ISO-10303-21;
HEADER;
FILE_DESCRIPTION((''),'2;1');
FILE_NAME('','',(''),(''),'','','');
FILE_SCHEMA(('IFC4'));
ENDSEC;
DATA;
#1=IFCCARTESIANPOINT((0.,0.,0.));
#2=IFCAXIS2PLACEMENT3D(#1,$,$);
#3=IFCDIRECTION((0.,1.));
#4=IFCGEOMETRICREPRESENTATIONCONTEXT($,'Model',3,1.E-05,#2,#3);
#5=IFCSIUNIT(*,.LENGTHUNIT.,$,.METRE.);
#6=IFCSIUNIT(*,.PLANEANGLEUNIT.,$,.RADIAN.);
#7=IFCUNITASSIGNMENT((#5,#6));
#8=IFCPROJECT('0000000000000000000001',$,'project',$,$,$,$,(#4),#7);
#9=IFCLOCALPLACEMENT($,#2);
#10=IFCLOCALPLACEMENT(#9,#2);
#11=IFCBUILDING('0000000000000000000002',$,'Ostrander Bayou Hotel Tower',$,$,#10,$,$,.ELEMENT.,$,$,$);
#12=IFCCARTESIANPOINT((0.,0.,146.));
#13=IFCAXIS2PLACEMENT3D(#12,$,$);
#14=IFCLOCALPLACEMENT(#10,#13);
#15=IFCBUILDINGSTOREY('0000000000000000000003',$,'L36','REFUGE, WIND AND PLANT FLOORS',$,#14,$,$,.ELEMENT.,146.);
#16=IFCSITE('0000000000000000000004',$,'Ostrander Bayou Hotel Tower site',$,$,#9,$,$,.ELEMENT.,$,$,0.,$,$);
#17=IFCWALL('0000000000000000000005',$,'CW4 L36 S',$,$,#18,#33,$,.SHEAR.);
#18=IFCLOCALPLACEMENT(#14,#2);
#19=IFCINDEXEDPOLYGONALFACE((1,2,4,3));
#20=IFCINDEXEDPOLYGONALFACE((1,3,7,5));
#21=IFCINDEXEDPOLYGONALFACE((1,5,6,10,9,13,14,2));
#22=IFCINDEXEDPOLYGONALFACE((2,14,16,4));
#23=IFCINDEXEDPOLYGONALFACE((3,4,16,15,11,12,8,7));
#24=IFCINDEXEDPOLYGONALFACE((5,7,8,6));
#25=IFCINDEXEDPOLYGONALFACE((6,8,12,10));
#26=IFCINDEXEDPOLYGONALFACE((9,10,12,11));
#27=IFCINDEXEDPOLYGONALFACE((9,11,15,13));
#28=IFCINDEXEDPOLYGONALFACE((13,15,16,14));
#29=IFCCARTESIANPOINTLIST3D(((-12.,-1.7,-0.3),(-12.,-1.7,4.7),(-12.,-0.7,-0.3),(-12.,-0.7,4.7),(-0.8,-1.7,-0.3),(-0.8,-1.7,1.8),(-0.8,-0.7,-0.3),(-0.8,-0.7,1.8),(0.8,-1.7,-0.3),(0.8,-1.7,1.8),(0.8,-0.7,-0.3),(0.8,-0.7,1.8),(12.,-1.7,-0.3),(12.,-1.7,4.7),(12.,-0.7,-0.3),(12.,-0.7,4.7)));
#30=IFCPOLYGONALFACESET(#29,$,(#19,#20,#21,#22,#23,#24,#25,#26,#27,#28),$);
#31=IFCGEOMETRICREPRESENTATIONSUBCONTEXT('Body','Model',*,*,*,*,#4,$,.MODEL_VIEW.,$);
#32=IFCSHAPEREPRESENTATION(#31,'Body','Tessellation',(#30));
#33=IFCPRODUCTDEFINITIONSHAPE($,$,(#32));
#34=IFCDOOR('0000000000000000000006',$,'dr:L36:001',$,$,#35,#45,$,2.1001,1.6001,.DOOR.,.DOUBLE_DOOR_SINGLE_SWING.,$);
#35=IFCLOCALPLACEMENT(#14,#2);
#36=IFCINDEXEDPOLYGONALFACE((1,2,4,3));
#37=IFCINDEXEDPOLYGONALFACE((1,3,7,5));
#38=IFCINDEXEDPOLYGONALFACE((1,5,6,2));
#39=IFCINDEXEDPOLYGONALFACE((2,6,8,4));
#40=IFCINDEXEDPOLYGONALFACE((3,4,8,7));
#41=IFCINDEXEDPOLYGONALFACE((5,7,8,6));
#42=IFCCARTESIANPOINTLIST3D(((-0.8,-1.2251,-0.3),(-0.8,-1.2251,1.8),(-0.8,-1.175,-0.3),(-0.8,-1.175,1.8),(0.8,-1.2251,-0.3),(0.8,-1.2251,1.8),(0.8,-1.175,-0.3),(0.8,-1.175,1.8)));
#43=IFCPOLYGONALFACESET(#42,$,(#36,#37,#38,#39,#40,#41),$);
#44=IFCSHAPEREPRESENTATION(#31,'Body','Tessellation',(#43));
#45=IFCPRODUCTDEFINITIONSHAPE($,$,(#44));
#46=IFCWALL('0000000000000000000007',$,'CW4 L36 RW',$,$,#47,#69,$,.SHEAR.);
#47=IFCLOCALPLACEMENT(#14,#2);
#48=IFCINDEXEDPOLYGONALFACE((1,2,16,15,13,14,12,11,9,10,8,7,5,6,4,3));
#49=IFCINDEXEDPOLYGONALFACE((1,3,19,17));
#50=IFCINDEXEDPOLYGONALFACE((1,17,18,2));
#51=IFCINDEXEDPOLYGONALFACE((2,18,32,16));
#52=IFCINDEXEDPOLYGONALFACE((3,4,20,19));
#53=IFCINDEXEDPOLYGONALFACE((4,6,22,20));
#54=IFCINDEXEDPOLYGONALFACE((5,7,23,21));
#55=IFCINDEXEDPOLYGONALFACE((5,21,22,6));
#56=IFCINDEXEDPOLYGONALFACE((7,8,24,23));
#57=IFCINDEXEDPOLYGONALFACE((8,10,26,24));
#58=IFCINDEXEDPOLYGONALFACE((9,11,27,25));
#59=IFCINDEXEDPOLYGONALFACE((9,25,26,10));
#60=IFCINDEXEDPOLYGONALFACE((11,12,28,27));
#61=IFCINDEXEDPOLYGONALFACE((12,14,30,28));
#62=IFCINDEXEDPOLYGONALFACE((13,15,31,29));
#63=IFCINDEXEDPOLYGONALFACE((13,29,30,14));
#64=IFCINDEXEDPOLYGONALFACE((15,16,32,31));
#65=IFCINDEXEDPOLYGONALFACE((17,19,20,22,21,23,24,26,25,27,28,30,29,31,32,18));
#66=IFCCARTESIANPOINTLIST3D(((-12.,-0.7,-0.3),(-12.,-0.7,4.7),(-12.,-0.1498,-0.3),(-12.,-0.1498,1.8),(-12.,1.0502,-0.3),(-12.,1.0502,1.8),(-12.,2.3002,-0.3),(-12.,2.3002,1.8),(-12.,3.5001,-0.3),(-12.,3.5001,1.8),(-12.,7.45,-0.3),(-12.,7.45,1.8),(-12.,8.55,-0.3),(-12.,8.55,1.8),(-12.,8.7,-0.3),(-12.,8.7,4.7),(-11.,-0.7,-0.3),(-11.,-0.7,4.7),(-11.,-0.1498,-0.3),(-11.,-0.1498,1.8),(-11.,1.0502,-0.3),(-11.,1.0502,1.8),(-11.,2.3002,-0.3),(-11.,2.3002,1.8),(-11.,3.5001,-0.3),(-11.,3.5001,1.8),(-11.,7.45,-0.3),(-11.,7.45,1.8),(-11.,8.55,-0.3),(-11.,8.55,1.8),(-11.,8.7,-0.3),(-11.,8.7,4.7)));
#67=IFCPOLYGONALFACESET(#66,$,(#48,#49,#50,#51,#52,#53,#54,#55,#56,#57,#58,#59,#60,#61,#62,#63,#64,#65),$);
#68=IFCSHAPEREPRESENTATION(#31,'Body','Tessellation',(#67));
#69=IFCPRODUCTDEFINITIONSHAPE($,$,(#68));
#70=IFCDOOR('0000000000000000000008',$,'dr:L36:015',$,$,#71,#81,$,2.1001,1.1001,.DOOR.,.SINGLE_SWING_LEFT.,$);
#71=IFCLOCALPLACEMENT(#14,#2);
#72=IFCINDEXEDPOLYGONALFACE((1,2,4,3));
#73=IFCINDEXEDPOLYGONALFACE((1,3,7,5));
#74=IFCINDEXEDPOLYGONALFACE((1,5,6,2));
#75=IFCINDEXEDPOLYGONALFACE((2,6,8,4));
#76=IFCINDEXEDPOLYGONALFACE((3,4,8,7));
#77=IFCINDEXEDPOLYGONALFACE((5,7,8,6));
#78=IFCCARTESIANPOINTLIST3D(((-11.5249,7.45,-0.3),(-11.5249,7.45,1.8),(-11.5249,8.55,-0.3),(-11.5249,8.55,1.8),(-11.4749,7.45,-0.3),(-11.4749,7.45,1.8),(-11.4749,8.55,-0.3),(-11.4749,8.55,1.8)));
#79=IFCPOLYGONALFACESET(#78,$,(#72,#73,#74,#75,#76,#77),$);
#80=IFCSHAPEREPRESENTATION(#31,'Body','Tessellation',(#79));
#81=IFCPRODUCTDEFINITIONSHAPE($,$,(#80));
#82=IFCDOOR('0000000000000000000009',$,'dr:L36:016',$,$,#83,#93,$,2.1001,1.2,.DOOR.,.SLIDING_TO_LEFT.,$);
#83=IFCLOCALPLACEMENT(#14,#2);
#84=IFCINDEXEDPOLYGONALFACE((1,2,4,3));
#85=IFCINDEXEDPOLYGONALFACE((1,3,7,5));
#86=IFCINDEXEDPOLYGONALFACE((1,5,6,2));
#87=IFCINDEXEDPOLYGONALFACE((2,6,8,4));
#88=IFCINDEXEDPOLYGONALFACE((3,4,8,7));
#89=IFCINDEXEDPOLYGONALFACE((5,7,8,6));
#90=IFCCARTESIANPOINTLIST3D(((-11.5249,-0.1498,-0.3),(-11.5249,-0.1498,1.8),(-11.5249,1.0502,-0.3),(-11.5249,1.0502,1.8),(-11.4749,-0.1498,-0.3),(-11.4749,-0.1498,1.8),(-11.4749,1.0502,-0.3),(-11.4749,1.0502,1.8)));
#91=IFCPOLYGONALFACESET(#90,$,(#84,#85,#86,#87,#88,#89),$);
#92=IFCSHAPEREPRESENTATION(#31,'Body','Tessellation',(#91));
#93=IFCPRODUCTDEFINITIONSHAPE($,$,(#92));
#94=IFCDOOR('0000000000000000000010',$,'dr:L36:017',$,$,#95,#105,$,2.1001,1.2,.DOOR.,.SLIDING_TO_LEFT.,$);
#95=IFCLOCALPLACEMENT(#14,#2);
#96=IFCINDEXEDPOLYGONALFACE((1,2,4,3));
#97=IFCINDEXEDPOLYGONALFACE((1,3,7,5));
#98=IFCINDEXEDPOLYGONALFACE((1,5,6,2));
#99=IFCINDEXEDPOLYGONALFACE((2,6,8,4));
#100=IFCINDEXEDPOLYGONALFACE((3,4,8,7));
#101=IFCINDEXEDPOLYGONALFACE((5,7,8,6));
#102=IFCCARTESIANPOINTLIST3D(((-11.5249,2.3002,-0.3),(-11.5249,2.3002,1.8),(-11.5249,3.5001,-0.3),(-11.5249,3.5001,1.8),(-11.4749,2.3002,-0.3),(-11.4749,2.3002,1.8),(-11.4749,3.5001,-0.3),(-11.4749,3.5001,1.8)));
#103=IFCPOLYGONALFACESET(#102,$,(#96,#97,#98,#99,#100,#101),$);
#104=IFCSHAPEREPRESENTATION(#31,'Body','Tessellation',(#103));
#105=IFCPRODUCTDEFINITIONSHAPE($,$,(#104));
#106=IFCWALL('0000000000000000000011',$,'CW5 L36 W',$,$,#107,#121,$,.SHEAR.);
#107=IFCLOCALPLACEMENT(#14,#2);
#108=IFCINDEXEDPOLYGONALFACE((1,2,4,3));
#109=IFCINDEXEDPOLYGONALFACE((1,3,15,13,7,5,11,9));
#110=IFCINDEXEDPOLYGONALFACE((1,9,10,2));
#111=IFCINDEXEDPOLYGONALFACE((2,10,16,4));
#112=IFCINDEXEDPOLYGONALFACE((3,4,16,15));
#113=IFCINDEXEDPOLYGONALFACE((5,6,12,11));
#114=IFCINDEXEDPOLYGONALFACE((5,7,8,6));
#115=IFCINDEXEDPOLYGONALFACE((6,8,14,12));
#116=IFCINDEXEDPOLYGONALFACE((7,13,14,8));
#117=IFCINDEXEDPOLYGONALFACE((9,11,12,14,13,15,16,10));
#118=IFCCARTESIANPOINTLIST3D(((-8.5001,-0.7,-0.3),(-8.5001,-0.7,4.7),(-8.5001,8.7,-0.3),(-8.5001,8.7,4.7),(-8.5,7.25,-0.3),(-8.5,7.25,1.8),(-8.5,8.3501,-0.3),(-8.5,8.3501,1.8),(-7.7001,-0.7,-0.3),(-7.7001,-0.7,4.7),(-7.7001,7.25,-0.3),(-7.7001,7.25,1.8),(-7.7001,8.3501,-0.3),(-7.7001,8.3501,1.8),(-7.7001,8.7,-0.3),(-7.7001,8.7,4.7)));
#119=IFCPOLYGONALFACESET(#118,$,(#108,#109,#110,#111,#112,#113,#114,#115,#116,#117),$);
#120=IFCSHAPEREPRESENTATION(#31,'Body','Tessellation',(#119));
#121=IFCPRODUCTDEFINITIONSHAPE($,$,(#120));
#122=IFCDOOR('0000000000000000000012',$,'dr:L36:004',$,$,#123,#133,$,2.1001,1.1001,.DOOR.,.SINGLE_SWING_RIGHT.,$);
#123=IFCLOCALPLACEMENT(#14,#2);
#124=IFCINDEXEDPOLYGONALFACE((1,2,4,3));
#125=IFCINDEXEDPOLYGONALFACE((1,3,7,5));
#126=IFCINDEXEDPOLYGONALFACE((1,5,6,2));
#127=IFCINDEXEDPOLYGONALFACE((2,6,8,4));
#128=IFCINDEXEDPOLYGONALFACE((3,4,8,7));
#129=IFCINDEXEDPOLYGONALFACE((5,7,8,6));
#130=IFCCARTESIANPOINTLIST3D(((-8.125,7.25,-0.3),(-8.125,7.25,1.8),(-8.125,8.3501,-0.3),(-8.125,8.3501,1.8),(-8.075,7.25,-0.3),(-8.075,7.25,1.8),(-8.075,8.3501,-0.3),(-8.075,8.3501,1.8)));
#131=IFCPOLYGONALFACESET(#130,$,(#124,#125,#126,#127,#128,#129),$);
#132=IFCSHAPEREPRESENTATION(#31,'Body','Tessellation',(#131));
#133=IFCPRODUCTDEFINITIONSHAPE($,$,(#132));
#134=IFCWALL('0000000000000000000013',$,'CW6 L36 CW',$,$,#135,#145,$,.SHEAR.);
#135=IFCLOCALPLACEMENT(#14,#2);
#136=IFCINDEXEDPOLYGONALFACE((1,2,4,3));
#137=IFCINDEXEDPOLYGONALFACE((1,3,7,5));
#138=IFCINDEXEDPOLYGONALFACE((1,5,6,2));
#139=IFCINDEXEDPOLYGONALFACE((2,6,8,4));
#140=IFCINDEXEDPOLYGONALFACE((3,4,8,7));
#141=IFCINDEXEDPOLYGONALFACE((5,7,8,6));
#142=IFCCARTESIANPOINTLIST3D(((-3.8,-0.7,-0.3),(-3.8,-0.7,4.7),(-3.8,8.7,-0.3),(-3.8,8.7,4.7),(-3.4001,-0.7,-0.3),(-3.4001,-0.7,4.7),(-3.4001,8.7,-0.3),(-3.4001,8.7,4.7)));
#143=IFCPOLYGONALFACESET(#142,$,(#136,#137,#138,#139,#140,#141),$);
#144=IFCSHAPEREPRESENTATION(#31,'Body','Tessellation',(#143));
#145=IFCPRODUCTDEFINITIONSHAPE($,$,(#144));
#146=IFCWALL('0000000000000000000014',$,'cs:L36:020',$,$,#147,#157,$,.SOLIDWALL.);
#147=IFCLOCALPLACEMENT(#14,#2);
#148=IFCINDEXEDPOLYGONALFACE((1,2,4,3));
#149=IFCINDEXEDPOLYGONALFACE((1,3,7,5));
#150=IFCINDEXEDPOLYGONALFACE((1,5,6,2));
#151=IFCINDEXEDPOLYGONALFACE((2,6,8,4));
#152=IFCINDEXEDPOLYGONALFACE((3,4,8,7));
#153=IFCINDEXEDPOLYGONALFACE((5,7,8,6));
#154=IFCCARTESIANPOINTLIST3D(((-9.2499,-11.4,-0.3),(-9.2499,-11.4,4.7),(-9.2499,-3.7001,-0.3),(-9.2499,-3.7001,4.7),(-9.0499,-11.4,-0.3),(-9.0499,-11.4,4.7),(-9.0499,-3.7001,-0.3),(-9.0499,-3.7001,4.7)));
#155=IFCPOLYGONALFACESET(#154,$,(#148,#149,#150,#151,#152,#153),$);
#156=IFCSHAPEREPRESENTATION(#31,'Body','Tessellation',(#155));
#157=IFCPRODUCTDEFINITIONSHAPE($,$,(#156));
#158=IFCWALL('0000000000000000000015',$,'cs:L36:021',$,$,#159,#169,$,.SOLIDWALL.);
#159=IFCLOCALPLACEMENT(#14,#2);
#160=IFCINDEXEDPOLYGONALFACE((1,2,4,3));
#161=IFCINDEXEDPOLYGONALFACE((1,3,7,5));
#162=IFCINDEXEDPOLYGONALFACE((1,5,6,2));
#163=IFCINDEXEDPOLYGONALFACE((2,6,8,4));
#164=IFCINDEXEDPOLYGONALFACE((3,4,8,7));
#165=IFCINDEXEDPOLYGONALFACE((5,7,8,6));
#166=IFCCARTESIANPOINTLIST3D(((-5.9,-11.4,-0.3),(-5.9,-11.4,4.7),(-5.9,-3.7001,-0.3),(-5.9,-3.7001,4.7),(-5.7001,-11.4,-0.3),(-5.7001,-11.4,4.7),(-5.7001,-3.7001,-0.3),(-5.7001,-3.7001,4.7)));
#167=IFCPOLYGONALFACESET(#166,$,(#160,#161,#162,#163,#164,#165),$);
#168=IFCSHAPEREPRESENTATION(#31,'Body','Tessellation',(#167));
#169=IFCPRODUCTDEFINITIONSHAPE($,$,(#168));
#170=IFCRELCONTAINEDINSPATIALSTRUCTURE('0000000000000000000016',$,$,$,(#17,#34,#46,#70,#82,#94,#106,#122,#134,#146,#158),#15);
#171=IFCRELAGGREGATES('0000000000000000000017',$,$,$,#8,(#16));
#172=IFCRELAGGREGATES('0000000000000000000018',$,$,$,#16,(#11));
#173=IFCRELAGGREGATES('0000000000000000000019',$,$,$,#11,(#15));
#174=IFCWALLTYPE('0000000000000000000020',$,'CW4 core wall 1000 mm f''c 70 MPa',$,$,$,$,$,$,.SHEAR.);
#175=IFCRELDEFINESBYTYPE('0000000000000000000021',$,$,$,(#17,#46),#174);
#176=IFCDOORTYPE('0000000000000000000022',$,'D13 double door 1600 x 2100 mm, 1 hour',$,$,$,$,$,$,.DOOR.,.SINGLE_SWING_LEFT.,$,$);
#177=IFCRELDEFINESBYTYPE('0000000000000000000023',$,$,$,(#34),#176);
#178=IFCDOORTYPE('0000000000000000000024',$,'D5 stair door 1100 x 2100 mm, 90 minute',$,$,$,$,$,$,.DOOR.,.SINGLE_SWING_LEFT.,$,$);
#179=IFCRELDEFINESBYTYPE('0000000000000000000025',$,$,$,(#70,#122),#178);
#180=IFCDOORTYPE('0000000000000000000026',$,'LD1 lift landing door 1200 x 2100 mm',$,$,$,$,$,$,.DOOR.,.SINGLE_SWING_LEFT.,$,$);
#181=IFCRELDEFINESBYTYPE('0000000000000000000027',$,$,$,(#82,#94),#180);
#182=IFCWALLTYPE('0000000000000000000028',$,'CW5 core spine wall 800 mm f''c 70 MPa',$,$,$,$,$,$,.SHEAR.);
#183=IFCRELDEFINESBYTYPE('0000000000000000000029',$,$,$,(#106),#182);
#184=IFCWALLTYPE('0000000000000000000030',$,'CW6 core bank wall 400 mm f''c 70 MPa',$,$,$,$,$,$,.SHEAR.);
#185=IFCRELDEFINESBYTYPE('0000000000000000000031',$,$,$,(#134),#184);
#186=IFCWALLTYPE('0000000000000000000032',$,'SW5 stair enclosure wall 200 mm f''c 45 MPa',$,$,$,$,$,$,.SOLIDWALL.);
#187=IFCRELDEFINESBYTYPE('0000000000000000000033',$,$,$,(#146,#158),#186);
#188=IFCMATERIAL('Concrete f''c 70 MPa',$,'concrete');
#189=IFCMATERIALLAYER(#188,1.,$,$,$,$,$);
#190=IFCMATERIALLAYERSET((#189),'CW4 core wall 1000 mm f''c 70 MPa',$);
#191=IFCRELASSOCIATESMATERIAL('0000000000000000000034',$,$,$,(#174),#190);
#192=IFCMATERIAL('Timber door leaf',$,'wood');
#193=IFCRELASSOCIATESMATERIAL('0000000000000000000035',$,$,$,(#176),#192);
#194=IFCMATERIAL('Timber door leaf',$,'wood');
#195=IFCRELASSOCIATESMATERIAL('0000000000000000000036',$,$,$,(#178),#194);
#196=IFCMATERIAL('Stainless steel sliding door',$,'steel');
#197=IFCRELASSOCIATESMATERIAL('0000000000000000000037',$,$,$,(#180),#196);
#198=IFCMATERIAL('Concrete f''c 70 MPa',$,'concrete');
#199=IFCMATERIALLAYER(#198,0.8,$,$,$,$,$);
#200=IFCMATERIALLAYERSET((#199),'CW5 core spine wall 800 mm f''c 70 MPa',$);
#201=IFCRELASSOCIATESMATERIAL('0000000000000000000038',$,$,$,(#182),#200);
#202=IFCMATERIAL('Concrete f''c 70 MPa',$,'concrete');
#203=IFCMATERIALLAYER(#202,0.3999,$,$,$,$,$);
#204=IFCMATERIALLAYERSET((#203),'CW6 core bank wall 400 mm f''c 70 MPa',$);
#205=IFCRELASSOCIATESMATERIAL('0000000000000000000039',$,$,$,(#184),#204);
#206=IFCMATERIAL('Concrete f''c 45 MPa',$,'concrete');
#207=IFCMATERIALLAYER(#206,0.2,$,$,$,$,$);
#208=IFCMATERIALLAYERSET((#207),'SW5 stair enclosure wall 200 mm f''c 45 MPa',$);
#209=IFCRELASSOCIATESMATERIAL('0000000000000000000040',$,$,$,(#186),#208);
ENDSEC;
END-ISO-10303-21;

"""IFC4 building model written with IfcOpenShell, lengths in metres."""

from ifc_helpers import new_model, si_unit, direction, frame, frame_2d, origin, place, context, subcontext, project, spatial, rectangle, extrude, material, layer, layer_set, type_object, element, fill, save


model = new_model("IFC4")

# Units and contexts
model_context = context("Model", 3, precision=1e-05, world=origin(), true_north=direction((0.0, 1.0)))
body_context = subcontext(model_context, "Body", "Model", "MODEL_VIEW")
ifc_project = project(units=[si_unit("LENGTHUNIT", "METRE"), si_unit("PLANEANGLEUNIT", "RADIAN")], contexts=[model_context])

# Site, building, storey
site_placement = place(None, origin())
site = spatial("IfcSite", under=ifc_project, at=site_placement, Name="Ostrander Bayou Hotel Tower site", CompositionType="ELEMENT", RefElevation=0.0)
building_placement = place(site_placement, origin())
building = spatial("IfcBuilding", under=site, at=building_placement, Name="Ostrander Bayou Hotel Tower", CompositionType="ELEMENT")
storey_placement = place(building_placement, frame((0.0, 0.0, 146.0)))
storey = spatial("IfcBuildingStorey", under=building, at=storey_placement, Name="L36", Description="REFUGE, WIND AND PLANT FLOORS", CompositionType="ELEMENT", Elevation=146.0)

# Wall, opening, door
ifc_material_1 = material(Name="Concrete f'c 70 MPa", Category="concrete")
ifc_layer_1 = layer(ifc_material_1, 1.0)
ifc_layer_set_1 = layer_set([ifc_layer_1], Name="CW4 core wall 1000 mm f'c 70 MPa")
wall_type_1 = type_object("IfcWallType", Name="CW4 core wall 1000 mm f'c 70 MPa", PredefinedType="SHEAR", material=ifc_layer_set_1)
wall_1_placement = place(storey_placement, frame((-12.0, -1.2, -0.3), z_axis=(0.0, 0.0, 1.0), x_axis=(1.0, 0.0, 0.0)))
wall_1 = element("IfcWall", 1, at=wall_1_placement, inside=storey, type_object=wall_type_1, Name="CW4 L36 S", PredefinedType="SHEAR", context=body_context, shape_type="SweptSolid", body=[
    extrude(rectangle(XDim=24.0, YDim=1.0, at=frame_2d((12.0, 0.0))), origin(), (0.0, 0.0, 1.0), 5.0),
])
opening_1_placement = place(wall_1_placement, frame((11.2, 0.0, 0.0)))
opening_1 = element("IfcOpeningElement", 2, at=opening_1_placement, cuts=wall_1, PredefinedType="OPENING", context=body_context, shape_type="SweptSolid", body=[
    extrude(rectangle(XDim=1.6001, YDim=2.1001, at=frame_2d((0.8, 1.05))), frame((0.0, 0.5, 0.0), z_axis=(0.0, -1.0, 0.0), x_axis=(1.0, 0.0, 0.0)), (0.0, 0.0, 1.0), 1.0),
])
ifc_material_2 = material(Name="Timber door leaf", Category="wood")
door_type_1 = type_object("IfcDoorType", Name="D13 double door 1600 x 2100 mm, 1 hour", OperationType="SINGLE_SWING_LEFT", PredefinedType="DOOR", material=ifc_material_2)
door_1_placement = place(opening_1_placement, origin())
door_1 = element("IfcDoor", 3, at=door_1_placement, inside=storey, type_object=door_type_1, Name="dr:L36:001", OperationType="DOUBLE_DOOR_SINGLE_SWING", OverallHeight=2.1001, OverallWidth=1.6001, PredefinedType="DOOR", context=body_context, shape_type="SweptSolid", body=[
    extrude(rectangle(XDim=1.6001, YDim=2.1001, at=frame_2d((0.8, 1.05))), frame((0.0, 0.0249, 0.0), z_axis=(0.0, -1.0, 0.0), x_axis=(1.0, 0.0, 0.0)), (0.0, 0.0, 1.0), 0.05),
])
fill(opening_1, door_1)

# Wall, openings, doors
wall_2_placement = place(storey_placement, frame((-11.5, -0.7, -0.3), z_axis=(0.0, 0.0, 1.0), x_axis=(0.0, 1.0, 0.0)))
wall_2 = element("IfcWall", 4, at=wall_2_placement, inside=storey, type_object=wall_type_1, Name="CW4 L36 RW", PredefinedType="SHEAR", context=body_context, shape_type="SweptSolid", body=[
    extrude(rectangle(XDim=9.3999, YDim=1.0, at=frame_2d((4.7, 0.0))), origin(), (0.0, 0.0, 1.0), 5.0),
])
opening_2_placement = place(wall_2_placement, frame((8.1499, 0.0, 0.0)))
opening_2 = element("IfcOpeningElement", 5, at=opening_2_placement, cuts=wall_2, PredefinedType="OPENING", context=body_context, shape_type="SweptSolid", body=[
    extrude(rectangle(XDim=1.1001, YDim=2.1001, at=frame_2d((0.55, 1.05))), frame((0.0, 0.5, 0.0), z_axis=(0.0, -1.0, 0.0), x_axis=(1.0, 0.0, 0.0)), (0.0, 0.0, 1.0), 1.0),
])
opening_3_placement = place(wall_2_placement, frame((0.55, 0.0, 0.0)))
opening_3 = element("IfcOpeningElement", 6, at=opening_3_placement, cuts=wall_2, PredefinedType="OPENING", context=body_context, shape_type="SweptSolid", body=[
    extrude(rectangle(XDim=1.2, YDim=2.1001, at=frame_2d((0.6001, 1.05))), frame((0.0, 0.5, 0.0), z_axis=(0.0, -1.0, 0.0), x_axis=(1.0, 0.0, 0.0)), (0.0, 0.0, 1.0), 1.0),
])
opening_4_placement = place(wall_2_placement, frame((3.0, 0.0, 0.0)))
opening_4 = element("IfcOpeningElement", 7, at=opening_4_placement, cuts=wall_2, PredefinedType="OPENING", context=body_context, shape_type="SweptSolid", body=[
    extrude(rectangle(XDim=1.2, YDim=2.1001, at=frame_2d((0.6001, 1.05))), frame((0.0, 0.5, 0.0), z_axis=(0.0, -1.0, 0.0), x_axis=(1.0, 0.0, 0.0)), (0.0, 0.0, 1.0), 1.0),
])
ifc_material_3 = material(Name="Timber door leaf", Category="wood")
door_type_2 = type_object("IfcDoorType", Name="D5 stair door 1100 x 2100 mm, 90 minute", OperationType="SINGLE_SWING_LEFT", PredefinedType="DOOR", material=ifc_material_3)
door_2_placement = place(opening_2_placement, origin())
door_2 = element("IfcDoor", 8, at=door_2_placement, inside=storey, type_object=door_type_2, Name="dr:L36:015", OperationType="SINGLE_SWING_LEFT", OverallHeight=2.1001, OverallWidth=1.1001, PredefinedType="DOOR", context=body_context, shape_type="SweptSolid", body=[
    extrude(rectangle(XDim=1.1001, YDim=2.1001, at=frame_2d((0.55, 1.05))), frame((0.0, 0.0249, 0.0), z_axis=(0.0, -1.0, 0.0), x_axis=(1.0, 0.0, 0.0)), (0.0, 0.0, 1.0), 0.05),
])
fill(opening_2, door_2)
ifc_material_4 = material(Name="Stainless steel sliding door", Category="steel")
door_type_3 = type_object("IfcDoorType", Name="LD1 lift landing door 1200 x 2100 mm", OperationType="SINGLE_SWING_LEFT", PredefinedType="DOOR", material=ifc_material_4)
door_3_placement = place(opening_3_placement, origin())
door_3 = element("IfcDoor", 9, at=door_3_placement, inside=storey, type_object=door_type_3, Name="dr:L36:016", OperationType="SLIDING_TO_LEFT", OverallHeight=2.1001, OverallWidth=1.2, PredefinedType="DOOR", context=body_context, shape_type="SweptSolid", body=[
    extrude(rectangle(XDim=1.2, YDim=2.1001, at=frame_2d((0.6001, 1.05))), frame((0.0, 0.0249, 0.0), z_axis=(0.0, -1.0, 0.0), x_axis=(1.0, 0.0, 0.0)), (0.0, 0.0, 1.0), 0.05),
])
fill(opening_3, door_3)
door_4_placement = place(opening_4_placement, origin())
door_4 = element("IfcDoor", 10, at=door_4_placement, inside=storey, type_object=door_type_3, Name="dr:L36:017", OperationType="SLIDING_TO_LEFT", OverallHeight=2.1001, OverallWidth=1.2, PredefinedType="DOOR", context=body_context, shape_type="SweptSolid", body=[
    extrude(rectangle(XDim=1.2, YDim=2.1001, at=frame_2d((0.6001, 1.05))), frame((0.0, 0.0249, 0.0), z_axis=(0.0, -1.0, 0.0), x_axis=(1.0, 0.0, 0.0)), (0.0, 0.0, 1.0), 0.05),
])
fill(opening_4, door_4)

# Wall, opening, door
ifc_material_5 = material(Name="Concrete f'c 70 MPa", Category="concrete")
ifc_layer_2 = layer(ifc_material_5, 0.8)
ifc_layer_set_2 = layer_set([ifc_layer_2], Name="CW5 core spine wall 800 mm f'c 70 MPa")
wall_type_2 = type_object("IfcWallType", Name="CW5 core spine wall 800 mm f'c 70 MPa", PredefinedType="SHEAR", material=ifc_layer_set_2)
wall_3_placement = place(storey_placement, frame((-8.1001, -0.7, -0.3), z_axis=(0.0, 0.0, 1.0), x_axis=(0.0, 1.0, 0.0)))
wall_3 = element("IfcWall", 11, at=wall_3_placement, inside=storey, type_object=wall_type_2, Name="CW5 L36 W", PredefinedType="SHEAR", context=body_context, shape_type="SweptSolid", body=[
    extrude(rectangle(XDim=9.3999, YDim=0.8, at=frame_2d((4.7, 0.0))), origin(), (0.0, 0.0, 1.0), 5.0),
])
opening_5_placement = place(wall_3_placement, frame((7.95, 0.0, 0.0)))
opening_5 = element("IfcOpeningElement", 12, at=opening_5_placement, cuts=wall_3, PredefinedType="OPENING", context=body_context, shape_type="SweptSolid", body=[
    extrude(rectangle(XDim=1.1001, YDim=2.1001, at=frame_2d((0.55, 1.05))), frame((0.0, 0.3999, 0.0), z_axis=(0.0, -1.0, 0.0), x_axis=(1.0, 0.0, 0.0)), (0.0, 0.0, 1.0), 0.8),
])
door_5_placement = place(opening_5_placement, origin())
door_5 = element("IfcDoor", 13, at=door_5_placement, inside=storey, type_object=door_type_2, Name="dr:L36:004", OperationType="SINGLE_SWING_RIGHT", OverallHeight=2.1001, OverallWidth=1.1001, PredefinedType="DOOR", context=body_context, shape_type="SweptSolid", body=[
    extrude(rectangle(XDim=1.1001, YDim=2.1001, at=frame_2d((0.55, 1.05))), frame((0.0, 0.0249, 0.0), z_axis=(0.0, -1.0, 0.0), x_axis=(1.0, 0.0, 0.0)), (0.0, 0.0, 1.0), 0.05),
])
fill(opening_5, door_5)

# Wall
ifc_material_6 = material(Name="Concrete f'c 70 MPa", Category="concrete")
ifc_layer_3 = layer(ifc_material_6, 0.3999)
ifc_layer_set_3 = layer_set([ifc_layer_3], Name="CW6 core bank wall 400 mm f'c 70 MPa")
wall_type_3 = type_object("IfcWallType", Name="CW6 core bank wall 400 mm f'c 70 MPa", PredefinedType="SHEAR", material=ifc_layer_set_3)
wall_4_placement = place(storey_placement, frame((-3.6001, -0.7, -0.3), z_axis=(0.0, 0.0, 1.0), x_axis=(0.0, 1.0, 0.0)))
element("IfcWall", 14, at=wall_4_placement, inside=storey, type_object=wall_type_3, Name="CW6 L36 CW", PredefinedType="SHEAR", context=body_context, shape_type="SweptSolid", body=[
    extrude(rectangle(XDim=9.3999, YDim=0.3999, at=frame_2d((4.7, 0.0))), origin(), (0.0, 0.0, 1.0), 5.0),
])

# Shared definitions
ifc_material_7 = material(Name="Concrete f'c 45 MPa", Category="concrete")
ifc_layer_4 = layer(ifc_material_7, 0.2)
ifc_layer_set_4 = layer_set([ifc_layer_4], Name="SW5 stair enclosure wall 200 mm f'c 45 MPa")
wall_type_4 = type_object("IfcWallType", Name="SW5 stair enclosure wall 200 mm f'c 45 MPa", PredefinedType="SOLIDWALL", material=ifc_layer_set_4)

# Walls
for number, where, z_axis, x_axis, name in (
    (15, (-9.1499, -3.7, -0.3), (0.0, 0.0, 1.0), (0.0, -1.0, 0.0), "cs:L36:020"),
    (16, (-5.8, -3.7, -0.3), (0.0, 0.0, 1.0), (0.0, -1.0, 0.0), "cs:L36:021"),
):
    element("IfcWall", number, at=place(storey_placement, frame(where, z_axis=z_axis, x_axis=x_axis)), inside=storey, type_object=wall_type_4, Name=name, PredefinedType="SOLIDWALL", context=body_context, shape_type="SweptSolid", body=[
        extrude(rectangle(XDim=7.7, YDim=0.2, at=frame_2d((3.8501, 0.0))), origin(), (0.0, 0.0, 1.0), 5.0),
    ])

save(model, "model.ifc")
